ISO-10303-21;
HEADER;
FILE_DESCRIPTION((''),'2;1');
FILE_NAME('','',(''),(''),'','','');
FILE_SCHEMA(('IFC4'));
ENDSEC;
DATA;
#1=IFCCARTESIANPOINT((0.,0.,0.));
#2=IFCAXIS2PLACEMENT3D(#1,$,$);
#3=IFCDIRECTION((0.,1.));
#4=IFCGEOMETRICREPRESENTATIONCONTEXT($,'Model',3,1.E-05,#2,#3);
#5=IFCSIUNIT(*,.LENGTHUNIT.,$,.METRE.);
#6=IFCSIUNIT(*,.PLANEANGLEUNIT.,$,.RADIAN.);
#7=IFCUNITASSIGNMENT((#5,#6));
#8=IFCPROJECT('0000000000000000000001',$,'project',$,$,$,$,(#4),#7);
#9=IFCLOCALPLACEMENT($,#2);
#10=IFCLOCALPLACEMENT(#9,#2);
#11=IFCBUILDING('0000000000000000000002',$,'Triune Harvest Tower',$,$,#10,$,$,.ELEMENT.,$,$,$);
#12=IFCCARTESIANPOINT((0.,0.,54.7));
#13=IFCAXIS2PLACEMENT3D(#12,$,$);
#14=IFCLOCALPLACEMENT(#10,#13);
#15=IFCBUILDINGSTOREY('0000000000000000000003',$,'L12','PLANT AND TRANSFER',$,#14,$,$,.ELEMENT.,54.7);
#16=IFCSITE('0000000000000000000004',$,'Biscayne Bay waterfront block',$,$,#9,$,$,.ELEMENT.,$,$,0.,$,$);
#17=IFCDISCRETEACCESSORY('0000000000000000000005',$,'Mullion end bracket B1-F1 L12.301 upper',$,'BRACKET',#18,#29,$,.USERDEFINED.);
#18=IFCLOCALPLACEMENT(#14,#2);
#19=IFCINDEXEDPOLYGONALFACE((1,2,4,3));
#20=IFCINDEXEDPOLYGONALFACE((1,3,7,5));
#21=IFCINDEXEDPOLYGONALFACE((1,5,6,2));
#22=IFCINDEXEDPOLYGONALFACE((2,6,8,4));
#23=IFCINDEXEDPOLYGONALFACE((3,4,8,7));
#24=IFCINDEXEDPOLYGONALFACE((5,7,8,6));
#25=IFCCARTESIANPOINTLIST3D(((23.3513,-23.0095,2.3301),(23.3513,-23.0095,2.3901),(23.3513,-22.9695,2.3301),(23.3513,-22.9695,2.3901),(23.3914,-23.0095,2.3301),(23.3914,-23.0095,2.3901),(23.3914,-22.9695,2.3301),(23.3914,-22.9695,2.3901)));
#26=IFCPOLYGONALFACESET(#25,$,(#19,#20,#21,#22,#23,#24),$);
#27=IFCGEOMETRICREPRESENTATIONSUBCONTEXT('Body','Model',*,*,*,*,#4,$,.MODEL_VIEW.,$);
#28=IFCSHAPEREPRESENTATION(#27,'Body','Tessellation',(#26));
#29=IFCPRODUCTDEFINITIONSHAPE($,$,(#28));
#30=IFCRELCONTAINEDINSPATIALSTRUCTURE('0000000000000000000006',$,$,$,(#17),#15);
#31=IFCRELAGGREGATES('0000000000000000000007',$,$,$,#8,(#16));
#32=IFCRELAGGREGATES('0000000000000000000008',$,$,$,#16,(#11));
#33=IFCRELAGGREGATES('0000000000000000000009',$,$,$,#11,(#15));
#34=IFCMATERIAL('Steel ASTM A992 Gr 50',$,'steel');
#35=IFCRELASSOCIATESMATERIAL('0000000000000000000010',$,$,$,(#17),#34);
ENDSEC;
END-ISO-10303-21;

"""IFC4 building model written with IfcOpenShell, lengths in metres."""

from ifc_helpers import new_model, si_unit, direction, frame, origin, origin_2d, place, context, subcontext, project, spatial, rectangle, extrude, source, transform, mapped, material, element, save


model = new_model("IFC4")

# Units and contexts
model_context = context("Model", 3, precision=1e-05, world=origin(), true_north=direction((0.0, 1.0)))
body_context = subcontext(model_context, "Body", "Model", "MODEL_VIEW")
ifc_project = project(units=[si_unit("LENGTHUNIT", "METRE"), si_unit("PLANEANGLEUNIT", "RADIAN")], contexts=[model_context])

# Site, building, storey
site_placement = place(None, origin())
site = spatial("IfcSite", under=ifc_project, at=site_placement, Name="Biscayne Bay waterfront block", CompositionType="ELEMENT", RefElevation=0.0)
building_placement = place(site_placement, origin())
building = spatial("IfcBuilding", under=site, at=building_placement, Name="Triune Harvest Tower", CompositionType="ELEMENT")
storey_placement = place(building_placement, frame((0.0, 0.0, 54.7)))
storey = spatial("IfcBuildingStorey", under=building, at=storey_placement, Name="L12", Description="PLANT AND TRANSFER", CompositionType="ELEMENT", Elevation=54.7)

# Discrete accessory
ifc_material_1 = material(Name="Steel ASTM A992 Gr 50", Category="steel")
shared_shape_1 = source(origin(), body_context, "Body", "SweptSolid", [
    extrude(rectangle(XDim=0.04, YDim=0.04, at=origin_2d()), origin(), (0.0, 0.0, 1.0), 0.0601),
])
for number, where, z_axis, x_axis, name in (
    (1, (23.3713, -22.9895, 2.3301), (0.0, 0.0, 1.0), (0.0, 1.0, 0.0), "Mullion end bracket B1-F1 L12.301 upper"),
):
    element("IfcDiscreteAccessory", number, at=place(storey_placement, frame(where, z_axis=z_axis, x_axis=x_axis)), inside=storey, material=ifc_material_1, Name=name, ObjectType="BRACKET", PredefinedType="USERDEFINED", context=body_context, shape_type="MappedRepresentation", body=[
        mapped(shared_shape_1, transform((0.0, 0.0, 0.0), scale=1.0)),
    ])

save(model, "model.ifc")
